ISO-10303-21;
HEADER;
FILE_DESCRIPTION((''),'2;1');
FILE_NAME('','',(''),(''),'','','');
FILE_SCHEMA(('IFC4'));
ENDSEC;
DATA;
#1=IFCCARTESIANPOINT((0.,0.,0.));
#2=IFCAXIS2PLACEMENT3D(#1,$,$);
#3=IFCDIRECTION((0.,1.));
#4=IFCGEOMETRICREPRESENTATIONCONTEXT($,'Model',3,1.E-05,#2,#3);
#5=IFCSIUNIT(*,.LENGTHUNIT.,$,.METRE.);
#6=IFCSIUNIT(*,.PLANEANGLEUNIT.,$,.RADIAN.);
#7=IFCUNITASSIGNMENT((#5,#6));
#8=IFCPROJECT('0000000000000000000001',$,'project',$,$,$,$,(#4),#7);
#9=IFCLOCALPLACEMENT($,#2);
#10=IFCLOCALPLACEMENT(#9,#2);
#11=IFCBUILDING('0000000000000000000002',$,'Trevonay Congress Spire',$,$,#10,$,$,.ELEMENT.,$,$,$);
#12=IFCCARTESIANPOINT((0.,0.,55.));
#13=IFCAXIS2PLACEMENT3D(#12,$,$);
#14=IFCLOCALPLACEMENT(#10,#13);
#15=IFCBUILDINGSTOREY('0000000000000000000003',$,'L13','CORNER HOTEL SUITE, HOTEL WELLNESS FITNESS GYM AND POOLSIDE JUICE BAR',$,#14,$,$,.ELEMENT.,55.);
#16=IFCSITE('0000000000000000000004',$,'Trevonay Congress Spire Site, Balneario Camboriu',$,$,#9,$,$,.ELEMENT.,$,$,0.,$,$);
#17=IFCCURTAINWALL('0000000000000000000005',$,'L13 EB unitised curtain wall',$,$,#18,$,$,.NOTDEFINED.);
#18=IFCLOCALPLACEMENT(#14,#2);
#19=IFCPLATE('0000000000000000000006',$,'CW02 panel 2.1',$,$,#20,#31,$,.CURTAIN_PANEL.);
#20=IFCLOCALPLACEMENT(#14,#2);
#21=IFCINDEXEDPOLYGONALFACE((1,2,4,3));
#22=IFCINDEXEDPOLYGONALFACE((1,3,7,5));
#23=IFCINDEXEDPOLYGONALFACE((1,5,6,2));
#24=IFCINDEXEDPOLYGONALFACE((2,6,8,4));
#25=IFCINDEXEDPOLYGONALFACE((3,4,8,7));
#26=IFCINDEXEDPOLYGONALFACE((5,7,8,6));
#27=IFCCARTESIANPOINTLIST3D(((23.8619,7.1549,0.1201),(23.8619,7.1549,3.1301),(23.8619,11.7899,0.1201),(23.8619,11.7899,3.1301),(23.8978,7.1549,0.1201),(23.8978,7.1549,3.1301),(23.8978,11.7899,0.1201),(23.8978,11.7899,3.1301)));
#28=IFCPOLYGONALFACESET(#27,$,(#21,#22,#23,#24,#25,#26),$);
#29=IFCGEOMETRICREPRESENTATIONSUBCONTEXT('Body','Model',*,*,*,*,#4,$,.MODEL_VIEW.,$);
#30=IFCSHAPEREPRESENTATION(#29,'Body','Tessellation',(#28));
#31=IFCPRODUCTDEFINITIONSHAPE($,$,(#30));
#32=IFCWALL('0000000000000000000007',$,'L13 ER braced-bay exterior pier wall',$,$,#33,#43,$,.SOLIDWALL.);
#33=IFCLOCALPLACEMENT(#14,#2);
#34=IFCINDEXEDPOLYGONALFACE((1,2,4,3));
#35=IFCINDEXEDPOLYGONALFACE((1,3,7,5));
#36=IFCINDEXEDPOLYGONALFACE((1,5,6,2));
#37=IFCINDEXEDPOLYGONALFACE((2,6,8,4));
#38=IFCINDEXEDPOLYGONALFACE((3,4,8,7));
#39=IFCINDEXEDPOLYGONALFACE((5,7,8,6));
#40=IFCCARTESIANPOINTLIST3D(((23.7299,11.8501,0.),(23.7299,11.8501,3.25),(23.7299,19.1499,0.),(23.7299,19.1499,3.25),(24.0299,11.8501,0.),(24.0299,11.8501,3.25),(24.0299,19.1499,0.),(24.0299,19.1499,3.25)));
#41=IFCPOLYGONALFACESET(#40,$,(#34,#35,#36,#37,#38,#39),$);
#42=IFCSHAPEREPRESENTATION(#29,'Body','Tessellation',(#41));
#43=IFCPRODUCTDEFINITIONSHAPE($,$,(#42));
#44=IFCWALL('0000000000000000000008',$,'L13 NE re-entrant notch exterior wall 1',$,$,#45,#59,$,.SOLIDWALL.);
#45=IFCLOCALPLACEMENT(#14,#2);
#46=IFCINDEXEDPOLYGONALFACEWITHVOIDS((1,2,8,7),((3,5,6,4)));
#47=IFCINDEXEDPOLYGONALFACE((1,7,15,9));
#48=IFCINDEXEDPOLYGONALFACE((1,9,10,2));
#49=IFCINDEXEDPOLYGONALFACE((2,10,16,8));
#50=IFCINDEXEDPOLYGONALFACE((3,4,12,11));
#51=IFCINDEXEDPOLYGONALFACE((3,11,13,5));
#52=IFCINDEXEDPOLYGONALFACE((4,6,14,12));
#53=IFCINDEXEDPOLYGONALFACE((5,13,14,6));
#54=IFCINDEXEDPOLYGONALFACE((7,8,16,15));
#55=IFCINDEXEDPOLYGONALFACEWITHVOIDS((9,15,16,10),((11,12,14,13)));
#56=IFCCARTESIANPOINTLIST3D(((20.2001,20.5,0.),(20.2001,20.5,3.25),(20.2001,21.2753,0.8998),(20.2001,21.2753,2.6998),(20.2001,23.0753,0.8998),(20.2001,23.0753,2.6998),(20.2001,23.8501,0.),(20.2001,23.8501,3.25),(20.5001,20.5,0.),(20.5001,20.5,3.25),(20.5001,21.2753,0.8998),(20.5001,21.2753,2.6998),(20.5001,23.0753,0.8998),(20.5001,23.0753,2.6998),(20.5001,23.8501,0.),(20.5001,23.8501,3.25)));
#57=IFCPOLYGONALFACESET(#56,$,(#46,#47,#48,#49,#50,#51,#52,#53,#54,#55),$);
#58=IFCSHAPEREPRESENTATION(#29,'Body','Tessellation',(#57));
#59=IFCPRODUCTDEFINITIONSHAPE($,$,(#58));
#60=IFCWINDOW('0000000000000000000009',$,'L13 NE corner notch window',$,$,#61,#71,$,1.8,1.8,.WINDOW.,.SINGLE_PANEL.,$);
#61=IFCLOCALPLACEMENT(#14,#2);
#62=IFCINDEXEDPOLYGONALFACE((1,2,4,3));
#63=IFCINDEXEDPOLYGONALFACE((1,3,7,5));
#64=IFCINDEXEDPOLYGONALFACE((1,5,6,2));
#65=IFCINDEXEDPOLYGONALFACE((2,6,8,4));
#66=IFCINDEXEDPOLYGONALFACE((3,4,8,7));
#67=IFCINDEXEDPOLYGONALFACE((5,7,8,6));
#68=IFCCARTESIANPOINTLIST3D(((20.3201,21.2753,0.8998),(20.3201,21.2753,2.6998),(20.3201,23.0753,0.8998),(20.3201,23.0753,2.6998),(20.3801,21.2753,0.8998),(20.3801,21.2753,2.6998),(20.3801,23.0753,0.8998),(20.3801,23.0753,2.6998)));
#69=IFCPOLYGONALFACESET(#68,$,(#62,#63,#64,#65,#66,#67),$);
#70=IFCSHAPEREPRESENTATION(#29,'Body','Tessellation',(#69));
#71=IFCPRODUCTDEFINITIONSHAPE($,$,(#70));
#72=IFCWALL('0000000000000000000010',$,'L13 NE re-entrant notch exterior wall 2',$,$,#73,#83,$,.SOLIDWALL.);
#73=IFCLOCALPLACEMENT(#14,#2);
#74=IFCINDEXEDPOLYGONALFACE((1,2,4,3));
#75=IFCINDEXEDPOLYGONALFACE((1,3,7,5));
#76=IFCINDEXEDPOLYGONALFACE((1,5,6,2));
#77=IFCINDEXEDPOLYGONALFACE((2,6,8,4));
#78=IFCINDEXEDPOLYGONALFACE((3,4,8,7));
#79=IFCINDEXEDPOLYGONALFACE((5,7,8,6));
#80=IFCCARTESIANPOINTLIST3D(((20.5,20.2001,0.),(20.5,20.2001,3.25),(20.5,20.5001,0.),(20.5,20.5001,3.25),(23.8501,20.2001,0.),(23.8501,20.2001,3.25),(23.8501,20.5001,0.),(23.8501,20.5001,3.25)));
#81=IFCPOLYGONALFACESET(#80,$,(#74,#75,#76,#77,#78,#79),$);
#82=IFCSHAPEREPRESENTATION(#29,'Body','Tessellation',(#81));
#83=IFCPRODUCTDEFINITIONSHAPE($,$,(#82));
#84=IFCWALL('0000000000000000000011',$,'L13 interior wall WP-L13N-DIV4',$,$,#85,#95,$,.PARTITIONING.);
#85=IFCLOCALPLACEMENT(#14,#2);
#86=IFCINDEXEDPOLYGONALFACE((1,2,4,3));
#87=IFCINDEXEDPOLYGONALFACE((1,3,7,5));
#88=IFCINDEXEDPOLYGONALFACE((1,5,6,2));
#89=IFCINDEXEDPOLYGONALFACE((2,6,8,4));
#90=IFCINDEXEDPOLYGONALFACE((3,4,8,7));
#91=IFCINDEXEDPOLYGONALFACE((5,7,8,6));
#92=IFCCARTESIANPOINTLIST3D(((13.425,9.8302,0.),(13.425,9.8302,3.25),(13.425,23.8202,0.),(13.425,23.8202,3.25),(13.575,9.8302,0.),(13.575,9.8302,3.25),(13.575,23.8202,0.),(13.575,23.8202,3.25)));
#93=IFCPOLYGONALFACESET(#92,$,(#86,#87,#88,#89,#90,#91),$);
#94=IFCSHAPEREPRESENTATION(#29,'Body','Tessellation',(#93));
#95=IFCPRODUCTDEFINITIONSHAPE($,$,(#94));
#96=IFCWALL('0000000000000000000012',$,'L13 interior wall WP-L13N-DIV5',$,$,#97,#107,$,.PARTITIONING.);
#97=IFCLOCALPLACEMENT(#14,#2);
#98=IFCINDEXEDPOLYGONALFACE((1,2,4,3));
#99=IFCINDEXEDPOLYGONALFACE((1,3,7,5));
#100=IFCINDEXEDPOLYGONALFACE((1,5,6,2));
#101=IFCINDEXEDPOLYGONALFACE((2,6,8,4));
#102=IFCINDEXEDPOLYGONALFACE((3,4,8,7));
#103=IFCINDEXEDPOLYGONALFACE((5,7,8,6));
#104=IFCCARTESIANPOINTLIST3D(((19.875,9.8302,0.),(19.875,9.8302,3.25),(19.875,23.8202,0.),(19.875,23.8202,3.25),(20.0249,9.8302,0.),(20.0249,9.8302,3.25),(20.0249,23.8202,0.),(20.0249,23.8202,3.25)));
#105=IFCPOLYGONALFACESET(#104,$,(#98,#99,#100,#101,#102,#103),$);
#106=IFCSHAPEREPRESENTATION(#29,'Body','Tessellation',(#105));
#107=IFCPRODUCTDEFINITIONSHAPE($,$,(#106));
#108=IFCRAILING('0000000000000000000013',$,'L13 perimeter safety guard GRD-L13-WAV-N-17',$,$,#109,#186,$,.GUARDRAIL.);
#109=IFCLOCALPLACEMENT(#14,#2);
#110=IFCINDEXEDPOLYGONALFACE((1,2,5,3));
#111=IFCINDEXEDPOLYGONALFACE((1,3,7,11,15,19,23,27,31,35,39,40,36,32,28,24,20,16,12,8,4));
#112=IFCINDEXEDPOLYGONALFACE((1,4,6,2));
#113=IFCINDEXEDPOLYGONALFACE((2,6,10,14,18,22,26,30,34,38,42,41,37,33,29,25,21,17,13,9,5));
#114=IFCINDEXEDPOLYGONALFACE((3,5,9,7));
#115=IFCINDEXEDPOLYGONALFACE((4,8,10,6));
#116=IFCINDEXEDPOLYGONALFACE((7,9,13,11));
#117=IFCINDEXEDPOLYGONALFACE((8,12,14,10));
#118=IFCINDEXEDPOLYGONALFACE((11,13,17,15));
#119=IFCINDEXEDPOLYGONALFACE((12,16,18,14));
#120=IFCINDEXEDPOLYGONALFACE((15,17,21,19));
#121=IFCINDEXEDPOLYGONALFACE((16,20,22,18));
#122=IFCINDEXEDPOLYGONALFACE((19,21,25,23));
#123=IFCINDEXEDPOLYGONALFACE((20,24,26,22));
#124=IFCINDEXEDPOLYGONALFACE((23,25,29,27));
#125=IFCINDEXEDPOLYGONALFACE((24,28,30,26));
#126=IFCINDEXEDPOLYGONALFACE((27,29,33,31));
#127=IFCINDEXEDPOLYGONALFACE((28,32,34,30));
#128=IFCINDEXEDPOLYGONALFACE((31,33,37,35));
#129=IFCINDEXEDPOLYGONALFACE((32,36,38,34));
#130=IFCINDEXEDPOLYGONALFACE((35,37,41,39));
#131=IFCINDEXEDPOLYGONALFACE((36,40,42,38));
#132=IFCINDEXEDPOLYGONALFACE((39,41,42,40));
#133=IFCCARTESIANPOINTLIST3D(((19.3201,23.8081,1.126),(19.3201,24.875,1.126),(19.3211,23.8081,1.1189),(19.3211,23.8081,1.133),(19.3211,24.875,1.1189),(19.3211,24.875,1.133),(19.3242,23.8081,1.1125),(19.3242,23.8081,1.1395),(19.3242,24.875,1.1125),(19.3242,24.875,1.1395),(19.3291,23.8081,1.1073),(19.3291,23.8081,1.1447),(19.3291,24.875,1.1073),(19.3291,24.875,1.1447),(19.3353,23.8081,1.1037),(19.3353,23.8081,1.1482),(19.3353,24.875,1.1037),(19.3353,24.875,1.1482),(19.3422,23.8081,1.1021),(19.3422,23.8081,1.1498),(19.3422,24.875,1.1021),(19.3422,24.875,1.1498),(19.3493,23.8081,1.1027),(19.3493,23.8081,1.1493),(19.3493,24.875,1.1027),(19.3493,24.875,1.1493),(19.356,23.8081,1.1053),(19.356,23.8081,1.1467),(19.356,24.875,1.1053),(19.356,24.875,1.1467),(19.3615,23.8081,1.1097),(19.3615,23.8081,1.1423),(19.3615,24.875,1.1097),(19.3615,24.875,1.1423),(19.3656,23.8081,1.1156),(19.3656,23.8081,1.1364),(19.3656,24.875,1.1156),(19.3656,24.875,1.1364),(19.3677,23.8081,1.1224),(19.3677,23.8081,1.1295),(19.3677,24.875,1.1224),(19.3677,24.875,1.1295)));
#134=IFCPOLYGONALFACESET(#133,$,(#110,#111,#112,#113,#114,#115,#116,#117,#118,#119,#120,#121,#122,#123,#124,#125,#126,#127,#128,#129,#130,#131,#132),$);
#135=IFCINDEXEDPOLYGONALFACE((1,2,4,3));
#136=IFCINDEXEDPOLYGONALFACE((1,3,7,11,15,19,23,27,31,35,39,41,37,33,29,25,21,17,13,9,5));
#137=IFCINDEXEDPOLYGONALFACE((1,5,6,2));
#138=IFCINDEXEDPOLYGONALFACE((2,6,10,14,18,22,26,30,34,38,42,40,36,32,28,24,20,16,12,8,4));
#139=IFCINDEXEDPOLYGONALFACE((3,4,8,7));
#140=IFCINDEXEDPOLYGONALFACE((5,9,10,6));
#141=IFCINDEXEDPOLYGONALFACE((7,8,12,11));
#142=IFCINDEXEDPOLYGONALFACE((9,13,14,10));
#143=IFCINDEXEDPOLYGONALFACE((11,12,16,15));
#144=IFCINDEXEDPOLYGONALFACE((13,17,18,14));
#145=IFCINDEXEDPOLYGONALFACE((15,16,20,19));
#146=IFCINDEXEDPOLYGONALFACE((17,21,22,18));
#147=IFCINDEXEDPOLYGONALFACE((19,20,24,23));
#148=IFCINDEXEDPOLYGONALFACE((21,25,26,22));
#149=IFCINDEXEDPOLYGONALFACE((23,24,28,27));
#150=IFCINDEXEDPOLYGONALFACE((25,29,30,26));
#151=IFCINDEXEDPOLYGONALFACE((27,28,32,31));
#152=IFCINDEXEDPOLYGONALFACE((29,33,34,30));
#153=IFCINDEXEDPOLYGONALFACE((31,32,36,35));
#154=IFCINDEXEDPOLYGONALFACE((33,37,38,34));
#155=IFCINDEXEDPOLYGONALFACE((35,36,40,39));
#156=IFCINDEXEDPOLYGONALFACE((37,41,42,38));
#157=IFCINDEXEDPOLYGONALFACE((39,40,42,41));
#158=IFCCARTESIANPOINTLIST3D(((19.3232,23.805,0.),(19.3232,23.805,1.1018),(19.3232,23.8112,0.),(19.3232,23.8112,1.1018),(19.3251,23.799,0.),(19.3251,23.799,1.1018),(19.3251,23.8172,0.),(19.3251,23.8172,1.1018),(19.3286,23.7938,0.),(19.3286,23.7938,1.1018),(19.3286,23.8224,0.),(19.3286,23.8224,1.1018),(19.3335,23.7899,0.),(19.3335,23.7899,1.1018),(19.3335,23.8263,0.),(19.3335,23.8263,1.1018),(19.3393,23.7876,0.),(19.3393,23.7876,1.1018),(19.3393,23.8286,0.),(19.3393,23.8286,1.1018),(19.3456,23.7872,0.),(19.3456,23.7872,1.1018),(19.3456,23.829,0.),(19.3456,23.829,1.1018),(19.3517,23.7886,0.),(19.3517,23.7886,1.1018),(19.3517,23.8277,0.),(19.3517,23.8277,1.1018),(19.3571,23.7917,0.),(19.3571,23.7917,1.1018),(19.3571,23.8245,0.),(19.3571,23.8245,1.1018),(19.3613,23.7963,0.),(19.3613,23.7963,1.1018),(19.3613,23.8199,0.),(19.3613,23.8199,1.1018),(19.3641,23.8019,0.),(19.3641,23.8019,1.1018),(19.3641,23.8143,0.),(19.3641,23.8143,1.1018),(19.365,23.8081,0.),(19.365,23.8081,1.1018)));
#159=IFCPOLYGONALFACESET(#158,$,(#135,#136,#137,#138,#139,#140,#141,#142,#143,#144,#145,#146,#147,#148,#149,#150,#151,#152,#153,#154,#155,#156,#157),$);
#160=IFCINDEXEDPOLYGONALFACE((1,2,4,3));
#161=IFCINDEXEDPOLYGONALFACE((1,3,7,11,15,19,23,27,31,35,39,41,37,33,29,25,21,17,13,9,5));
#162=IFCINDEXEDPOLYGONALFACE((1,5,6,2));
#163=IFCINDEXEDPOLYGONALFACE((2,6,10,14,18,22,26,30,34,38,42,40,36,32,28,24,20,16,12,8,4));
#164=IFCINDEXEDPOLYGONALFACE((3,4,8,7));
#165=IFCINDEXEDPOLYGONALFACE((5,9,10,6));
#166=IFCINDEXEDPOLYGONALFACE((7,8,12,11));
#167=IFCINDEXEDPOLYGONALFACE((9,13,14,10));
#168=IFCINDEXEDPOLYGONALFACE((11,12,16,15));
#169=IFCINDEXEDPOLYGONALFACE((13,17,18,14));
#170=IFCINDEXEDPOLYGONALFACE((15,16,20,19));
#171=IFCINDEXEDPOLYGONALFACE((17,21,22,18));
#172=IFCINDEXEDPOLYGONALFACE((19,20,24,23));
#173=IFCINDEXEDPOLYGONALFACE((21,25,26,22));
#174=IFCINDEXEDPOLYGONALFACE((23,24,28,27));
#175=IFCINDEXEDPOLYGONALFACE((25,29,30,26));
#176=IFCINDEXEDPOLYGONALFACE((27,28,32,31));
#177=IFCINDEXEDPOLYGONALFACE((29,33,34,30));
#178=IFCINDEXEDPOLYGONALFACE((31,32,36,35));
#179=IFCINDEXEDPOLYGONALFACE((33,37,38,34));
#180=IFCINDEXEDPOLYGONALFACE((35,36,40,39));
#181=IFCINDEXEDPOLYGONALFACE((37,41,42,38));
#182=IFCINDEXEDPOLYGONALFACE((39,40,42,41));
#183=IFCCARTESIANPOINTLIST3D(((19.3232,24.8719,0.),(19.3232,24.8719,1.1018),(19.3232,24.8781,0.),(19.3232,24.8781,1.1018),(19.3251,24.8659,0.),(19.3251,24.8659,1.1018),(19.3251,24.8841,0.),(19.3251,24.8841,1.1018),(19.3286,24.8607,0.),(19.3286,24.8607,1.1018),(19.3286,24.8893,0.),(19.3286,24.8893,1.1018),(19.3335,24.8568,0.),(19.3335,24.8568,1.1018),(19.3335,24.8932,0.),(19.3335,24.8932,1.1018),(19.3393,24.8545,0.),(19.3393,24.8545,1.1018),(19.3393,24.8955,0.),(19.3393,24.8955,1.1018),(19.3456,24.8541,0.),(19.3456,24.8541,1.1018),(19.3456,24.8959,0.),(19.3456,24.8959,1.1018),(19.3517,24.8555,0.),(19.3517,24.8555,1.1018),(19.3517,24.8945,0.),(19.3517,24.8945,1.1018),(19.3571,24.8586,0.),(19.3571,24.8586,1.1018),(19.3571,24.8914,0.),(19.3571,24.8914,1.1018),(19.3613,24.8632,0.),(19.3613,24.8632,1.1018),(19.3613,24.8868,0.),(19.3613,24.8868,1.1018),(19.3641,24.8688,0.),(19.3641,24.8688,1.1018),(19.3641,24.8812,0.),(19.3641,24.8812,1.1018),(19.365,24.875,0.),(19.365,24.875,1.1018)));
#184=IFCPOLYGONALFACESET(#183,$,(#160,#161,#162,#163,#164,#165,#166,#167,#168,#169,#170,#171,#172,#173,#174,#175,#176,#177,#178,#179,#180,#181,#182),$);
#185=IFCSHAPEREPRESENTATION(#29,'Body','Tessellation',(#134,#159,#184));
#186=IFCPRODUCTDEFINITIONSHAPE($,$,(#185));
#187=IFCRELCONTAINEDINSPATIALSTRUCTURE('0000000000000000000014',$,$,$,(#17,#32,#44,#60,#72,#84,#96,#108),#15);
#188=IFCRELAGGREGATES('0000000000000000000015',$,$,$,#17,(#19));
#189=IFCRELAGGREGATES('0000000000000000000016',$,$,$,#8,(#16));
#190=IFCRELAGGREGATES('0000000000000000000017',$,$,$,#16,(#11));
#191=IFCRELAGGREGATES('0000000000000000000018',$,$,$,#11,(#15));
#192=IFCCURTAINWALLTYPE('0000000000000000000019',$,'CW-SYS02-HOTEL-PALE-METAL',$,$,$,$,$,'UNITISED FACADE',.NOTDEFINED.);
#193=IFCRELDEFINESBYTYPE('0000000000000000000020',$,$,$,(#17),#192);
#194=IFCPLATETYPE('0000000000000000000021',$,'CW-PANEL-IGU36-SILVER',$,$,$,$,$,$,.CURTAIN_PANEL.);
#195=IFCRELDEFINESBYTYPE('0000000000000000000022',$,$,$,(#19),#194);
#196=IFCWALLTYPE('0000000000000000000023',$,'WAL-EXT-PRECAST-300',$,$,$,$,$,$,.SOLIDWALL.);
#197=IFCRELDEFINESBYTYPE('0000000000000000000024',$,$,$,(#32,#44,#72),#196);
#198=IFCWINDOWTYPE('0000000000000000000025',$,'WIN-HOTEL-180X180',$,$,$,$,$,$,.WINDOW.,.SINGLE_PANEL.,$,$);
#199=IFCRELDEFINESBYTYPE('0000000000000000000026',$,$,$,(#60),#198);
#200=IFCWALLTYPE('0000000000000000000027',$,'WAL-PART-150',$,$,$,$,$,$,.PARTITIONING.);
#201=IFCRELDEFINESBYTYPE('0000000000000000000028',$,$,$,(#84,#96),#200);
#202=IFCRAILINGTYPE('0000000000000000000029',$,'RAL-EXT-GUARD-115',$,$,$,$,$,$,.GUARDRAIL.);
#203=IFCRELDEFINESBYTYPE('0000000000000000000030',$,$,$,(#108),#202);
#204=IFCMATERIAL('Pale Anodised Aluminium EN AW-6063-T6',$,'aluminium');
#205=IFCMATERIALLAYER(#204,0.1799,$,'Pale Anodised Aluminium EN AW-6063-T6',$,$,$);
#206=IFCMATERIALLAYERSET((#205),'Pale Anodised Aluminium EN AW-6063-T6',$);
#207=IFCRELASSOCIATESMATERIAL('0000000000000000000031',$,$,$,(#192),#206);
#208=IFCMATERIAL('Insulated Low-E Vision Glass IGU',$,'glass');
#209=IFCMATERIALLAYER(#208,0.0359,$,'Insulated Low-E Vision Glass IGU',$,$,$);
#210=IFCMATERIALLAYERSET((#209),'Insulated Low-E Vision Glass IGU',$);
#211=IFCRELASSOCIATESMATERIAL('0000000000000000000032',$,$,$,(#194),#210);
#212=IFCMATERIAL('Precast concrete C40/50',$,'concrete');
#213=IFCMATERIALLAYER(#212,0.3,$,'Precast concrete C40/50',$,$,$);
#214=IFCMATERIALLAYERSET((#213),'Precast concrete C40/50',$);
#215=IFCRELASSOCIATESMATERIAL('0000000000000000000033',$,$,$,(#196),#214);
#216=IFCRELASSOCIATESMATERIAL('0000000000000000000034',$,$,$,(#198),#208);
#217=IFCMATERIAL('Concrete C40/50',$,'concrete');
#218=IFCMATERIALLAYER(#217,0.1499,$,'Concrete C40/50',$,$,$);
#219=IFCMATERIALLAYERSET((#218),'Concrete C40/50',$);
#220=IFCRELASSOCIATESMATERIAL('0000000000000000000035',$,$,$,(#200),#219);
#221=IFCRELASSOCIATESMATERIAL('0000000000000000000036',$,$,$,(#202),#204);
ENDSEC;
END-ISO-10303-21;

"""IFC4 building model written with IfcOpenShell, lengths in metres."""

from ifc_helpers import new_model, si_unit, direction, frame, frame_2d, origin, origin_2d, place, context, subcontext, project, spatial, rectangle, circle, extrude, material, layer, layer_set, type_object, element, fill, aggregate, save


model = new_model("IFC4")

# Units and contexts
model_context = context("Model", 3, precision=1e-05, world=origin(), true_north=direction((0.0, 1.0)))
body_context = subcontext(model_context, "Body", "Model", "MODEL_VIEW")
ifc_project = project(units=[si_unit("LENGTHUNIT", "METRE"), si_unit("PLANEANGLEUNIT", "RADIAN")], contexts=[model_context])

# Site, building, storey
site_placement = place(None, origin())
site = spatial("IfcSite", under=ifc_project, at=site_placement, Name="Trevonay Congress Spire Site, Balneario Camboriu", CompositionType="ELEMENT", RefElevation=0.0)
building_placement = place(site_placement, origin())
building = spatial("IfcBuilding", under=site, at=building_placement, Name="Trevonay Congress Spire", CompositionType="ELEMENT")
storey_placement = place(building_placement, frame((0.0, 0.0, 55.0)))
storey = spatial("IfcBuildingStorey", under=building, at=storey_placement, Name="L13", Description="CORNER HOTEL SUITE, HOTEL WELLNESS FITNESS GYM AND POOLSIDE JUICE BAR", CompositionType="ELEMENT", Elevation=55.0)

# Curtain wall
ifc_material_1 = material(Name="Pale Anodised Aluminium EN AW-6063-T6", Category="aluminium")
ifc_layer_1 = layer(ifc_material_1, 0.1799, Name="Pale Anodised Aluminium EN AW-6063-T6")
ifc_layer_set_1 = layer_set([ifc_layer_1], Name="Pale Anodised Aluminium EN AW-6063-T6")
curtain_wall_type = type_object("IfcCurtainWallType", Name="CW-SYS02-HOTEL-PALE-METAL", ElementType="UNITISED FACADE", PredefinedType="NOTDEFINED", material=ifc_layer_set_1)
curtain_wall_placement = place(storey_placement, origin())
curtain_wall = element("IfcCurtainWall", 1, at=curtain_wall_placement, inside=storey, type_object=curtain_wall_type, Name="L13 EB unitised curtain wall", PredefinedType="NOTDEFINED")

# Plate
ifc_material_2 = material(Name="Insulated Low-E Vision Glass IGU", Category="glass")
ifc_layer_2 = layer(ifc_material_2, 0.0359, Name="Insulated Low-E Vision Glass IGU")
ifc_layer_set_2 = layer_set([ifc_layer_2], Name="Insulated Low-E Vision Glass IGU")
plate_type = type_object("IfcPlateType", Name="CW-PANEL-IGU36-SILVER", PredefinedType="CURTAIN_PANEL", material=ifc_layer_set_2)
plate_placement = place(storey_placement, frame((23.8799, 9.4724, 0.1201), z_axis=(0.0, 0.0, 1.0), x_axis=(0.0, 1.0, 0.0)))
plate = element("IfcPlate", 2, at=plate_placement, type_object=plate_type, Name="CW02 panel 2.1", PredefinedType="CURTAIN_PANEL", context=body_context, shape_type="SweptSolid", body=[
    extrude(rectangle(XDim=4.635, YDim=0.0359, at=origin_2d()), origin(), (0.0, 0.0, 1.0), 3.01),
])
aggregate(curtain_wall, [plate])

# Wall
ifc_material_3 = material(Name="Precast concrete C40/50", Category="concrete")
ifc_layer_3 = layer(ifc_material_3, 0.3, Name="Precast concrete C40/50")
ifc_layer_set_3 = layer_set([ifc_layer_3], Name="Precast concrete C40/50")
wall_type_1 = type_object("IfcWallType", Name="WAL-EXT-PRECAST-300", PredefinedType="SOLIDWALL", material=ifc_layer_set_3)
wall_1_placement = place(storey_placement, frame((23.8799, 11.8501, 0.0), z_axis=(0.0, 0.0, 1.0), x_axis=(0.0, 1.0, 0.0)))
element("IfcWall", 3, at=wall_1_placement, inside=storey, type_object=wall_type_1, Name="L13 ER braced-bay exterior pier wall", PredefinedType="SOLIDWALL", context=body_context, shape_type="SweptSolid", body=[
    extrude(rectangle(XDim=7.2998, YDim=0.3, at=frame_2d((3.6499, 0.0))), origin(), (0.0, 0.0, 1.0), 3.25),
])

# Wall, opening, window
wall_2_placement = place(storey_placement, frame((20.3501, 23.8501, 0.0), z_axis=(0.0, 0.0, 1.0), x_axis=(0.0, -1.0, 0.0)))
wall_2 = element("IfcWall", 4, at=wall_2_placement, inside=storey, type_object=wall_type_1, Name="L13 NE re-entrant notch exterior wall 1", PredefinedType="SOLIDWALL", context=body_context, shape_type="SweptSolid", body=[
    extrude(rectangle(XDim=3.3501, YDim=0.3, at=frame_2d((1.675, 0.0))), origin(), (0.0, 0.0, 1.0), 3.25),
])
opening_placement = place(wall_2_placement, frame((0.7749, 0.0, 0.8999)))
opening = element("IfcOpeningElement", 5, at=opening_placement, cuts=wall_2, PredefinedType="OPENING", context=body_context, shape_type="SweptSolid", body=[
    extrude(rectangle(XDim=1.8, YDim=1.8, at=frame_2d((0.8999, 0.8999))), frame((0.0, 0.1602, 0.0), z_axis=(0.0, -1.0, 0.0), x_axis=(1.0, 0.0, 0.0)), (0.0, 0.0, 1.0), 0.3201),
])
window_type = type_object("IfcWindowType", Name="WIN-HOTEL-180X180", PartitioningType="SINGLE_PANEL", PredefinedType="WINDOW", material=ifc_material_2)
window_placement = place(opening_placement, origin())
window = element("IfcWindow", 6, at=window_placement, inside=storey, type_object=window_type, Name="L13 NE corner notch window", OverallHeight=1.8, OverallWidth=1.8, PartitioningType="SINGLE_PANEL", PredefinedType="WINDOW", context=body_context, shape_type="SweptSolid", body=[
    extrude(rectangle(XDim=1.8, YDim=1.8, at=frame_2d((0.8999, 0.8999))), frame((0.0, 0.03, 0.0), z_axis=(0.0, -1.0, 0.0), x_axis=(1.0, 0.0, 0.0)), (0.0, 0.0, 1.0), 0.0601),
])
fill(opening, window)

# Walls
wall_3_placement = place(storey_placement, frame((23.8501, 20.3501, 0.0), z_axis=(0.0, 0.0, 1.0), x_axis=(-1.0, 0.0, 0.0)))
element("IfcWall", 7, at=wall_3_placement, inside=storey, type_object=wall_type_1, Name="L13 NE re-entrant notch exterior wall 2", PredefinedType="SOLIDWALL", context=body_context, shape_type="SweptSolid", body=[
    extrude(rectangle(XDim=3.3501, YDim=0.3, at=frame_2d((1.675, 0.0))), origin(), (0.0, 0.0, 1.0), 3.25),
])
ifc_material_4 = material(Name="Concrete C40/50", Category="concrete")
ifc_layer_4 = layer(ifc_material_4, 0.1499, Name="Concrete C40/50")
ifc_layer_set_4 = layer_set([ifc_layer_4], Name="Concrete C40/50")
wall_type_2 = type_object("IfcWallType", Name="WAL-PART-150", PredefinedType="PARTITIONING", material=ifc_layer_set_4)
for number, where, z_axis, x_axis, name in (
    (8, (13.5, 9.8301, 0.0), (0.0, 0.0, 1.0), (0.0, 1.0, 0.0), "L13 interior wall WP-L13N-DIV4"),
    (9, (19.95, 9.8301, 0.0), (0.0, 0.0, 1.0), (0.0, 1.0, 0.0), "L13 interior wall WP-L13N-DIV5"),
):
    element("IfcWall", number, at=place(storey_placement, frame(where, z_axis=z_axis, x_axis=x_axis)), inside=storey, type_object=wall_type_2, Name=name, PredefinedType="PARTITIONING", context=body_context, shape_type="SweptSolid", body=[
        extrude(rectangle(XDim=13.99, YDim=0.1499, at=frame_2d((6.9951, 0.0))), origin(), (0.0, 0.0, 1.0), 3.25),
    ])

# Railing
railing_type = type_object("IfcRailingType", Name="RAL-EXT-GUARD-115", PredefinedType="GUARDRAIL", material=ifc_material_1)
railing_1_placement = place(storey_placement, frame((19.344, 23.8081, 0.0)))
element("IfcRailing", 10, at=railing_1_placement, inside=storey, type_object=railing_type, Name="L13 perimeter safety guard GRD-L13-WAV-N-17", PredefinedType="GUARDRAIL", context=body_context, shape_type="SweptSolid", body=[
    extrude(circle(Radius=0.0239, at=origin_2d()), frame((0.0, 0.0, 1.126), z_axis=(0.0, 1.0, 0.0), x_axis=(-1.0, 0.0, 0.0)), (0.0, 0.0, 1.0), 1.0669),
    extrude(circle(Radius=0.021, at=origin_2d()), origin(), (0.0, 0.0, 1.0), 1.1018),
    extrude(circle(Radius=0.021, at=origin_2d()), frame((0.0, 1.0669, 0.0)), (0.0, 0.0, 1.0), 1.1018),
])

save(model, "model.ifc")
